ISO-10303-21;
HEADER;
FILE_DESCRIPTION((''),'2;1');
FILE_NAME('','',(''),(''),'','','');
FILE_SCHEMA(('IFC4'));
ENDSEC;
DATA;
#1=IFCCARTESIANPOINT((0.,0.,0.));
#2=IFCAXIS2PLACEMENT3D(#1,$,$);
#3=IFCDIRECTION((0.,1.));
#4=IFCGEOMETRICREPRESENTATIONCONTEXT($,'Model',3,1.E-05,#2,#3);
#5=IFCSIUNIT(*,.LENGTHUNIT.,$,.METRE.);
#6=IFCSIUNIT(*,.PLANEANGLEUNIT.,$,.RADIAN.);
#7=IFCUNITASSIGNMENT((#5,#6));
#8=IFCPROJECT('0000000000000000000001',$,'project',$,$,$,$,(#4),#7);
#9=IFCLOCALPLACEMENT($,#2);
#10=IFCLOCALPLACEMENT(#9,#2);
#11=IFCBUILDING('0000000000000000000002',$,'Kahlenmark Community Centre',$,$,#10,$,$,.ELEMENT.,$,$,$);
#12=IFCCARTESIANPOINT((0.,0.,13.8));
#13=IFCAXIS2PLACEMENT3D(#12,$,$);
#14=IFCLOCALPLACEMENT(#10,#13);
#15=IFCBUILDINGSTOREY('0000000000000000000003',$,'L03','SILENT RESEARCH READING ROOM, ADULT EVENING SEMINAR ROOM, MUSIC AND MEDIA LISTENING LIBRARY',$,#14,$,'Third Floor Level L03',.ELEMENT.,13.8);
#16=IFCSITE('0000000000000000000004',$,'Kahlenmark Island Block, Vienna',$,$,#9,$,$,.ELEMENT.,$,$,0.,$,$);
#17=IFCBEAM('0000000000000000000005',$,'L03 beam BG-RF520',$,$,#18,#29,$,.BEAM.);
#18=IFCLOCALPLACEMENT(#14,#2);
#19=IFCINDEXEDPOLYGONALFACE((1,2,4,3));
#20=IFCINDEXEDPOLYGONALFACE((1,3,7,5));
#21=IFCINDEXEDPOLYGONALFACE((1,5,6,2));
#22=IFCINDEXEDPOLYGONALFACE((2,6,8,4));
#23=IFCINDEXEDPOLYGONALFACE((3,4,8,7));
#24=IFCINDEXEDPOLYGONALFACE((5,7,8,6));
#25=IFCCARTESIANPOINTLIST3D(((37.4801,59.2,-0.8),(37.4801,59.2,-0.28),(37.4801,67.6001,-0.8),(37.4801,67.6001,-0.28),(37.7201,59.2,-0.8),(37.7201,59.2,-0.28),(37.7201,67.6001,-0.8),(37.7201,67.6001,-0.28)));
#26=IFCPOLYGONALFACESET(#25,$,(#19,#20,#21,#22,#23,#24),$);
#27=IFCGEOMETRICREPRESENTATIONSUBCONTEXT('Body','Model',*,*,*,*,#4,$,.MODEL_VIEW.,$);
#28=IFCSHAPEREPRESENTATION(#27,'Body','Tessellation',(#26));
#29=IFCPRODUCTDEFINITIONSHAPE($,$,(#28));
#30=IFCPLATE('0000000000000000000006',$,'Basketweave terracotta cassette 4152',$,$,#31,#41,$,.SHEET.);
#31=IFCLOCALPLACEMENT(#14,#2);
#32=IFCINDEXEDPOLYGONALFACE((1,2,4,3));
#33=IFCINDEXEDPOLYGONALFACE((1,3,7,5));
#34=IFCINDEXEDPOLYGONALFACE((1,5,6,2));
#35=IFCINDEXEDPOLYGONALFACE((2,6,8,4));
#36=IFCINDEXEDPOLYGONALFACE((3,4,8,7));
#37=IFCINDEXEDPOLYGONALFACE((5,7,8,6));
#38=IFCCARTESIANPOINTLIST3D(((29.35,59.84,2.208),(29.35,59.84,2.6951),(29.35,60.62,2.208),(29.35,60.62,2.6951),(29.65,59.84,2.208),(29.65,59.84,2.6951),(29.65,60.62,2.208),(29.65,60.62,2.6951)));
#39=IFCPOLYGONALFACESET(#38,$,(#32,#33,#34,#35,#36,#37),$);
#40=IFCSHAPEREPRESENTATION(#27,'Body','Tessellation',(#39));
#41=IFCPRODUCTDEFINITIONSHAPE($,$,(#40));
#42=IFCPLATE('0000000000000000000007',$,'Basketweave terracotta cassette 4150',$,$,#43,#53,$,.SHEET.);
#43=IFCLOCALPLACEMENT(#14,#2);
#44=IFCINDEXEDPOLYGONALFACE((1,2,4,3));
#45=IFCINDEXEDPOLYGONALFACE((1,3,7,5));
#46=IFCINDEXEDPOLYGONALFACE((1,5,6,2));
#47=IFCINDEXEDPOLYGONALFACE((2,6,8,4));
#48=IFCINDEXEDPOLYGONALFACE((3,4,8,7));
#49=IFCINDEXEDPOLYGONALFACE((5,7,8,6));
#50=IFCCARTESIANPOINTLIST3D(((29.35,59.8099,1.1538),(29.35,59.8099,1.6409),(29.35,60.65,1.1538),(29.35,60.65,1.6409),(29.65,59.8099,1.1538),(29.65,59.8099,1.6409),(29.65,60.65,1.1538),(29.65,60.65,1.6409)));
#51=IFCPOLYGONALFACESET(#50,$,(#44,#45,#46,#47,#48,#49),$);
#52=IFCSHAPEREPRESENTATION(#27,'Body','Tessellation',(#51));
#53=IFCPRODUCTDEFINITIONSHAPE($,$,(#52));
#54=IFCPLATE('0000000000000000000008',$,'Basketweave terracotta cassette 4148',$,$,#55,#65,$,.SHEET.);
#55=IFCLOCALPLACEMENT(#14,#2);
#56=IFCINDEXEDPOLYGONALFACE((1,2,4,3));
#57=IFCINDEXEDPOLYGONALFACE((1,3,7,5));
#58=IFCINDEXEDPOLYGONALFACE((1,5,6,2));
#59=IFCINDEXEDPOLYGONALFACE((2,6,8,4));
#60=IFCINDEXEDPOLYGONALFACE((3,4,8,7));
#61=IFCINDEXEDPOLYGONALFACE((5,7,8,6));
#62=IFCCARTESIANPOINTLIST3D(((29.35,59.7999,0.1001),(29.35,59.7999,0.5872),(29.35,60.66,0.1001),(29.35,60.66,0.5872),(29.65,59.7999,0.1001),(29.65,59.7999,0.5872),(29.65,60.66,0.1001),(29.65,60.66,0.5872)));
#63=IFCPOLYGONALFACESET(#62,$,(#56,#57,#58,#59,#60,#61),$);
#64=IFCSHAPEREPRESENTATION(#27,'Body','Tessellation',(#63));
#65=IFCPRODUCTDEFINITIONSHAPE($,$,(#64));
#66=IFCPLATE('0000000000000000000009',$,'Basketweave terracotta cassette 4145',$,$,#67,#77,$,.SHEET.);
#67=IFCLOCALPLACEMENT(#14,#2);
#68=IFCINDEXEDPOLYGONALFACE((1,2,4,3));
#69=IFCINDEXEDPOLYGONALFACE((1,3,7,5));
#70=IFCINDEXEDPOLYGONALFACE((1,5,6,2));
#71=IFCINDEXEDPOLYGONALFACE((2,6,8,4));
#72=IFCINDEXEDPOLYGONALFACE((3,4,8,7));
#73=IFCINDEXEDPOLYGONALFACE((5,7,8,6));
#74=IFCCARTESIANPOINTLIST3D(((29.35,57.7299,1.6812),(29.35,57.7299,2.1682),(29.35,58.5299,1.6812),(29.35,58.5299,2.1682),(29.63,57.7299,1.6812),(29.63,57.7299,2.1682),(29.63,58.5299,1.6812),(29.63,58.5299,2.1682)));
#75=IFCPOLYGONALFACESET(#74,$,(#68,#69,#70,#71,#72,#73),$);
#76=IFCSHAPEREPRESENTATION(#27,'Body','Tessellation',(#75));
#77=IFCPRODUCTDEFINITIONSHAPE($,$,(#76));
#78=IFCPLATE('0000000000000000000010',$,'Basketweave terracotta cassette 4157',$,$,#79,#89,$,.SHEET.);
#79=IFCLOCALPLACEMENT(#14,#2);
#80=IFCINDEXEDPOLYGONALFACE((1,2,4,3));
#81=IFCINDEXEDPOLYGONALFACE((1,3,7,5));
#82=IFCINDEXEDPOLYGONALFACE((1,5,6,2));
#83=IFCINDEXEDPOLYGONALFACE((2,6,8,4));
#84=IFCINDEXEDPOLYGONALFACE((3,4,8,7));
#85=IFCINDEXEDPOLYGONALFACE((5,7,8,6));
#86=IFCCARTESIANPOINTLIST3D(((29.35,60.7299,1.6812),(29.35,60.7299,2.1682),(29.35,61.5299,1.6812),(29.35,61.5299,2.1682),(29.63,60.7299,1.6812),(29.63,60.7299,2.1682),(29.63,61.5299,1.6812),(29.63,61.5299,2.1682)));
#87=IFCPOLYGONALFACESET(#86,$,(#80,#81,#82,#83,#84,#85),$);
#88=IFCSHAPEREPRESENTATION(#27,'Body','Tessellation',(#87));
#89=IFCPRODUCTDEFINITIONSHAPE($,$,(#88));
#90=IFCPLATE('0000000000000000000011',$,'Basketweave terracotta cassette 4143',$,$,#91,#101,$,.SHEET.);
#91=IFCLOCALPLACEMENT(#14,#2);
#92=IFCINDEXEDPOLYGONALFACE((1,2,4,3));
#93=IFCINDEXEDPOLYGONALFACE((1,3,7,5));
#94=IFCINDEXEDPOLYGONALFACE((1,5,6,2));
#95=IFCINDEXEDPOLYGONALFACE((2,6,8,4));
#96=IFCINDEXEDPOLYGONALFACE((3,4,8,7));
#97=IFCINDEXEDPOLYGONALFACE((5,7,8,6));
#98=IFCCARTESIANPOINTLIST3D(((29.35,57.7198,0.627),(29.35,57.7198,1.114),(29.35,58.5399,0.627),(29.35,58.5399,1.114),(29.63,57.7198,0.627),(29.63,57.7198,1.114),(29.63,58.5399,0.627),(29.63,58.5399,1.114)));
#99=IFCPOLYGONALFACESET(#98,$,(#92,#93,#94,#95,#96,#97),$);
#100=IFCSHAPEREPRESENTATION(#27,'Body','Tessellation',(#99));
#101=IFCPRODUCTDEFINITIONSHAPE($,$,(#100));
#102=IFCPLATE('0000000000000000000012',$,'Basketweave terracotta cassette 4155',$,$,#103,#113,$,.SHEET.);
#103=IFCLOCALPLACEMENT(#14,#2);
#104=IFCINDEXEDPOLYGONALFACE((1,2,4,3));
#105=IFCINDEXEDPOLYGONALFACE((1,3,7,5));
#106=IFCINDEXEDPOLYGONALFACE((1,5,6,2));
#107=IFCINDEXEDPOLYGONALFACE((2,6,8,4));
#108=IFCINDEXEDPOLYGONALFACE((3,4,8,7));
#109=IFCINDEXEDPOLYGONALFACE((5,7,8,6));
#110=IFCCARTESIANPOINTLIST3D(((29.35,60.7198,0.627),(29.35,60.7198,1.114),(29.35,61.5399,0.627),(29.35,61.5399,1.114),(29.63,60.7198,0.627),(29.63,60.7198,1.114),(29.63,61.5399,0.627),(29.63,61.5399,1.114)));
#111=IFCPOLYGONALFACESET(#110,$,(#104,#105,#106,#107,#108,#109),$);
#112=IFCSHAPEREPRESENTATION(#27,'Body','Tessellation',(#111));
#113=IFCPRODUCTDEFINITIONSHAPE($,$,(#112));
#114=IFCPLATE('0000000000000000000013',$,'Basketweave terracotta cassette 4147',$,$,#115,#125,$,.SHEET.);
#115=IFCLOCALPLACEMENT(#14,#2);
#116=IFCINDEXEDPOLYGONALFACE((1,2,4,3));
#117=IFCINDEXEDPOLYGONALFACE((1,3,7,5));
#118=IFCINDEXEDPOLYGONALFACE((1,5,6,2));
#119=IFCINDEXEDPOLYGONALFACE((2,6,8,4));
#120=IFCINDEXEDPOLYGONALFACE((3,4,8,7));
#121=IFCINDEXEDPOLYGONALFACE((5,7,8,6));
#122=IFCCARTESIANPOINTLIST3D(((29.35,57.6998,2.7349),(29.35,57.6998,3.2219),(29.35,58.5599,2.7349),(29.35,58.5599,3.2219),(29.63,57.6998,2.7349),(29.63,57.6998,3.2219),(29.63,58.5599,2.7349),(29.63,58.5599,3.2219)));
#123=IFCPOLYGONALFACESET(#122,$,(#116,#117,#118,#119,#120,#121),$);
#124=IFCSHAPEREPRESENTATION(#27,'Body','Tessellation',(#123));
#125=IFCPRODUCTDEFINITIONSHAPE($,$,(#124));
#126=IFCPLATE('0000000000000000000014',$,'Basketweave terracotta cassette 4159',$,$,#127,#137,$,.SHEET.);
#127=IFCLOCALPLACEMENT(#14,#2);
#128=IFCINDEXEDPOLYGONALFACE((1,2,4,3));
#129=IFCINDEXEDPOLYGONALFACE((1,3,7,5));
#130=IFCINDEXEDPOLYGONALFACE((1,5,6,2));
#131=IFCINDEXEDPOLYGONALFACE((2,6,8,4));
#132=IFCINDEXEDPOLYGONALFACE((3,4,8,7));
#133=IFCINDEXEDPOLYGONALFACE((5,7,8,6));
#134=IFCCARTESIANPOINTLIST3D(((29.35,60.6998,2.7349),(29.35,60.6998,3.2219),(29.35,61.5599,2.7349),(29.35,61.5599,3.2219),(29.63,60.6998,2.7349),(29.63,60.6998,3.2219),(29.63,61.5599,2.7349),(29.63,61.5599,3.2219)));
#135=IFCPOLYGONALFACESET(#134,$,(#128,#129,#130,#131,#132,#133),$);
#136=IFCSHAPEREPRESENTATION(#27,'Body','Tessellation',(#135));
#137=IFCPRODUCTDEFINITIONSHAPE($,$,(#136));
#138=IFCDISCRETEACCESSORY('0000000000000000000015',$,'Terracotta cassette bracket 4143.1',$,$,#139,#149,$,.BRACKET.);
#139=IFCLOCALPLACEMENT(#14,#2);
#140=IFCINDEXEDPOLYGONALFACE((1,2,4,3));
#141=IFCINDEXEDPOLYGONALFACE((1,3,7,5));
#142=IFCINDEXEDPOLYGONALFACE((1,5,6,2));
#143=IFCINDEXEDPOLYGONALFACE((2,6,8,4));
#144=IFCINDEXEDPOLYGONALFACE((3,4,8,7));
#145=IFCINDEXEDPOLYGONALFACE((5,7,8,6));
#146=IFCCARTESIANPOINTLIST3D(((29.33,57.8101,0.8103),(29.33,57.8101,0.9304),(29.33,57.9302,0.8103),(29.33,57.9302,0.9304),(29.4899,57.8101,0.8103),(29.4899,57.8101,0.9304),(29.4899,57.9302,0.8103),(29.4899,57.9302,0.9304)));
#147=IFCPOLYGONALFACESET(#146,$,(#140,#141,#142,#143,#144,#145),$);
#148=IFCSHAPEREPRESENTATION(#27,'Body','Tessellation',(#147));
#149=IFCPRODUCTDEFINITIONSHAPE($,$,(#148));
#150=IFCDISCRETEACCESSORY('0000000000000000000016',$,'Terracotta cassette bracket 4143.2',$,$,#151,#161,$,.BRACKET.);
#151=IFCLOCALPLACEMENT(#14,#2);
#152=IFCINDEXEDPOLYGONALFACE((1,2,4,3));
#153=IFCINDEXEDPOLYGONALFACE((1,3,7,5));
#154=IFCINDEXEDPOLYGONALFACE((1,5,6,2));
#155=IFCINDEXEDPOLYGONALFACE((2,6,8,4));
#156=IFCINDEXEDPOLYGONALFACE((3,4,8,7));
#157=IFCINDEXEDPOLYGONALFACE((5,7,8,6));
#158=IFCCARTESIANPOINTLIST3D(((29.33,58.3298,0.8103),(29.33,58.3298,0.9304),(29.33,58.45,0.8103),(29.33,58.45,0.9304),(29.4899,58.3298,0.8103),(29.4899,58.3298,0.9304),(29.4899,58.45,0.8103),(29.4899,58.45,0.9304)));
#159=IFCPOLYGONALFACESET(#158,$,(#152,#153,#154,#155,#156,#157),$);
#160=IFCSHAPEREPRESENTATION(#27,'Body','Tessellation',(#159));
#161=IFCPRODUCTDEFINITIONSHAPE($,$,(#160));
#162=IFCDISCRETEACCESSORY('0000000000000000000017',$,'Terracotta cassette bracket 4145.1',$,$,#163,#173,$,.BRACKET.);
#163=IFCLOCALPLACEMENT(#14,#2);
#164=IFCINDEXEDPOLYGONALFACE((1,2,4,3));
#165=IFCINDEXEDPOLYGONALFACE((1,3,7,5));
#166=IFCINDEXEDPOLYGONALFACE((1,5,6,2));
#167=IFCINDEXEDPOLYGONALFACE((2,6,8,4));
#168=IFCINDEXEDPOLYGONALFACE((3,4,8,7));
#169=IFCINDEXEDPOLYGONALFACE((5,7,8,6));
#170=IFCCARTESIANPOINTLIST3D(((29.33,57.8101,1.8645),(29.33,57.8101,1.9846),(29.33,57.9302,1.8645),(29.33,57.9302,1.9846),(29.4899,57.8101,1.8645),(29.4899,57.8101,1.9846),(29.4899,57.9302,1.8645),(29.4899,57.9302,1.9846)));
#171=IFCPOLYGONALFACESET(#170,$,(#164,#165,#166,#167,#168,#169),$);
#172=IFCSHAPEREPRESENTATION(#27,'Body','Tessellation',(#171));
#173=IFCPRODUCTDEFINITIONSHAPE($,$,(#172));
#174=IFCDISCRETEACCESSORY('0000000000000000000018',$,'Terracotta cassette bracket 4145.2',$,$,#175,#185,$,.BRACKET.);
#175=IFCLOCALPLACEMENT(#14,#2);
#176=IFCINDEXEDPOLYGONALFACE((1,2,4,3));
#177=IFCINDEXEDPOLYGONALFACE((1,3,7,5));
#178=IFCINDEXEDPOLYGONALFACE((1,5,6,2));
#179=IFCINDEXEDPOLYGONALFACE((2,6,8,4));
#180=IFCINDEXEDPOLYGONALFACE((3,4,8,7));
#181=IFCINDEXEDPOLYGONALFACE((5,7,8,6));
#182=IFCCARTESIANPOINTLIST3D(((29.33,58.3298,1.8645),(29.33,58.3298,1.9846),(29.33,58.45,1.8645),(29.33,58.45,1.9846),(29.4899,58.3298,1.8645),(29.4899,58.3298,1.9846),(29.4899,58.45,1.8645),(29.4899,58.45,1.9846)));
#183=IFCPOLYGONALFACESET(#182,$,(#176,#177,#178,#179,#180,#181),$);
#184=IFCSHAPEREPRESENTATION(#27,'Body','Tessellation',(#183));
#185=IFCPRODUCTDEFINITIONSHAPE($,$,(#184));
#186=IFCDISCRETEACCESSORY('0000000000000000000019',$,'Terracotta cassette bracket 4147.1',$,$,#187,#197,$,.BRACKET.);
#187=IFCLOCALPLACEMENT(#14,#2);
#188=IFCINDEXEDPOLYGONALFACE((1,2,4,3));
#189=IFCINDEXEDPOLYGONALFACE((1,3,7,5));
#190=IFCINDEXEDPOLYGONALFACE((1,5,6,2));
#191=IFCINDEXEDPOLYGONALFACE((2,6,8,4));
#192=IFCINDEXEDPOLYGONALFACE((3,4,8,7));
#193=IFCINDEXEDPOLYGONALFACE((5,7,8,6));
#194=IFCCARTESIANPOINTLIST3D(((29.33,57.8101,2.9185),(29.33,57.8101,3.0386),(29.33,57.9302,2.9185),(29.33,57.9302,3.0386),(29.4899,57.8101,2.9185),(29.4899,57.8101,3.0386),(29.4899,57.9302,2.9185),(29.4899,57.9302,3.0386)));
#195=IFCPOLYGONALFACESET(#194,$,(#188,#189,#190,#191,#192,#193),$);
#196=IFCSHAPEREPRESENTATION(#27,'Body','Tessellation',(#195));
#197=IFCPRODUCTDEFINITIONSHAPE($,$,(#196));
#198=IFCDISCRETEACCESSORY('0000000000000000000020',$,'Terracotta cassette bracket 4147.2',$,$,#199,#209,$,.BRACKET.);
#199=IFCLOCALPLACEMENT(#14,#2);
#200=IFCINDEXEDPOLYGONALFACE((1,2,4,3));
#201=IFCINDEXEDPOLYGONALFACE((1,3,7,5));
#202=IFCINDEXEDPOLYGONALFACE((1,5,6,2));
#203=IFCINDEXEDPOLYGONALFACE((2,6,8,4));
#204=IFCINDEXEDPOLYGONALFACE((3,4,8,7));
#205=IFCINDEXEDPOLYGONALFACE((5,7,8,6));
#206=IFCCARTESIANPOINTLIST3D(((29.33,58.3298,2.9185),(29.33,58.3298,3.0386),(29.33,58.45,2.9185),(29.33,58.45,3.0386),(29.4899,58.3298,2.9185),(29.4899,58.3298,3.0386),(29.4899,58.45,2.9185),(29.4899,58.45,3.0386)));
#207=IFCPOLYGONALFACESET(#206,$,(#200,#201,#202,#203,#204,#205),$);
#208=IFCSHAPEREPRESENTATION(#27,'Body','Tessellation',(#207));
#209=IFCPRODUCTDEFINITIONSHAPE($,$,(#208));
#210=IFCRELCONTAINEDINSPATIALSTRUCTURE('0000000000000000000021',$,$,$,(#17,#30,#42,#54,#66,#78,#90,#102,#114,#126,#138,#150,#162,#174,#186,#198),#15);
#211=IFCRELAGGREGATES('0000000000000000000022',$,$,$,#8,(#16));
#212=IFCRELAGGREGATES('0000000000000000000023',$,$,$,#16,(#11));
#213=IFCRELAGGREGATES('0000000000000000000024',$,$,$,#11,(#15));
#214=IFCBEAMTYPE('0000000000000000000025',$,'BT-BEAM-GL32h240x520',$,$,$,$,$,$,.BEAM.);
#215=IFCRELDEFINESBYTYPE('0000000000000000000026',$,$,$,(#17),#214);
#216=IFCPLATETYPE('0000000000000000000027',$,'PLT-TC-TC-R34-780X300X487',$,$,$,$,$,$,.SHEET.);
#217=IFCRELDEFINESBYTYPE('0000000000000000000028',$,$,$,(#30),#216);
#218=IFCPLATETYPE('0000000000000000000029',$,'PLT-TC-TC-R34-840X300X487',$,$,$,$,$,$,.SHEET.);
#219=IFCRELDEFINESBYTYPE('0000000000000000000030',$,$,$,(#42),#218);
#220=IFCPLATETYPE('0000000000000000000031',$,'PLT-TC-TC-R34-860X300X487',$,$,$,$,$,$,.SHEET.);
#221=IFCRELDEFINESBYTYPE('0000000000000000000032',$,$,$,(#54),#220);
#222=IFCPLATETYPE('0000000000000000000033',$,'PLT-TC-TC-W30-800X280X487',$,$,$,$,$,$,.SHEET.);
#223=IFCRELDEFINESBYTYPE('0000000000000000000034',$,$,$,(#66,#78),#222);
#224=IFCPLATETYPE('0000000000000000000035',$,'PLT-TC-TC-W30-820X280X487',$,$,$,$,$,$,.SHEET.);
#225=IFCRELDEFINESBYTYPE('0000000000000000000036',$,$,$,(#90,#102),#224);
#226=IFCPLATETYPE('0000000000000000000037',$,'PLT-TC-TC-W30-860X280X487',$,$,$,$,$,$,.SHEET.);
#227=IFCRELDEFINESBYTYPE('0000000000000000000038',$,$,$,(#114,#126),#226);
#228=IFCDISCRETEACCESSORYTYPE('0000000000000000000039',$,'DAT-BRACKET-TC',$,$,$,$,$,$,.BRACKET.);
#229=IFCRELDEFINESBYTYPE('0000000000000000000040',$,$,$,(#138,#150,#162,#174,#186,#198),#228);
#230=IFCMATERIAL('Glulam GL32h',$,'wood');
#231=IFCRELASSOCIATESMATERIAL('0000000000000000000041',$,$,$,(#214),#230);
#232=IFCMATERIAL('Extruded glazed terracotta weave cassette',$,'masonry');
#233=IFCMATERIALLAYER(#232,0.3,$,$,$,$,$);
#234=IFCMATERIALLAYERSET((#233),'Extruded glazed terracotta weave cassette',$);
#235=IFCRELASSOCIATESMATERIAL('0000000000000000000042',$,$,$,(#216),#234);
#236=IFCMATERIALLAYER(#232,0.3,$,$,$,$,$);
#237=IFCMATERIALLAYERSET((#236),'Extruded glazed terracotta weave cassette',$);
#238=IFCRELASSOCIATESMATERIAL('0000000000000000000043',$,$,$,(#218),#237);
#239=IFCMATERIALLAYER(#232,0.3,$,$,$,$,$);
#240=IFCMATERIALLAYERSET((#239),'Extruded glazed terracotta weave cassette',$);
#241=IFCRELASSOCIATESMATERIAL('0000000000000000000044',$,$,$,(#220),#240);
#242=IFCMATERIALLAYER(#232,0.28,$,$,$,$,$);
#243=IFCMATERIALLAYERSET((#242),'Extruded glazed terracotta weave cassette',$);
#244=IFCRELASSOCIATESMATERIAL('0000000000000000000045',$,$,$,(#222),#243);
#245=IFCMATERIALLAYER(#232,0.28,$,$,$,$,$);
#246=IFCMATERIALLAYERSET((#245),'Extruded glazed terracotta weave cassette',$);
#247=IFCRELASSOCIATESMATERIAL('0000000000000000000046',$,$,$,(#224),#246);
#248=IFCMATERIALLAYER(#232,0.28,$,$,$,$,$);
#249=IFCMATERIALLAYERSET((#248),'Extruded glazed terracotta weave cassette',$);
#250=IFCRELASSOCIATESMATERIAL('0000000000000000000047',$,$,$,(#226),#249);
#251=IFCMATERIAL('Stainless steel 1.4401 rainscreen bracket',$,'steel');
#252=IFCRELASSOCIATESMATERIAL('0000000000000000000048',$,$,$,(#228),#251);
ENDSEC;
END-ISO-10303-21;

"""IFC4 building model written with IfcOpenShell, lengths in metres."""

from ifc_helpers import new_model, si_unit, direction, frame, origin, origin_2d, place, context, subcontext, project, spatial, rectangle, extrude, material, layer, layer_set, material_profile, profile_set, type_object, element, save


model = new_model("IFC4")

# Units and contexts
model_context = context("Model", 3, precision=1e-05, world=origin(), true_north=direction((0.0, 1.0)))
body_context = subcontext(model_context, "Body", "Model", "MODEL_VIEW")
ifc_project = project(units=[si_unit("LENGTHUNIT", "METRE"), si_unit("PLANEANGLEUNIT", "RADIAN")], contexts=[model_context])

# Site, building, storey
site_placement = place(None, origin())
site = spatial("IfcSite", under=ifc_project, at=site_placement, Name="Kahlenmark Island Block, Vienna", CompositionType="ELEMENT", RefElevation=0.0)
building_placement = place(site_placement, origin())
building = spatial("IfcBuilding", under=site, at=building_placement, Name="Kahlenmark Community Centre", CompositionType="ELEMENT")
storey_placement = place(building_placement, frame((0.0, 0.0, 13.8)))
storey = spatial("IfcBuildingStorey", under=building, at=storey_placement, Name="L03", Description="SILENT RESEARCH READING ROOM, ADULT EVENING SEMINAR ROOM, MUSIC AND MEDIA LISTENING LIBRARY", LongName="Third Floor Level L03", CompositionType="ELEMENT", Elevation=13.8)

# Beam
ifc_material_1 = material(Name="Glulam GL32h", Category="wood")
ifc_material_profile = material_profile(ifc_material_1, rectangle(XDim=0.24, YDim=0.52, at=origin_2d()), Name="GL32h 240x520")
ifc_profile_set = profile_set([ifc_material_profile], Name="Glulam GL32h")
beam_type = type_object("IfcBeamType", Name="BT-BEAM-GL32h240x520", PredefinedType="BEAM", material=ifc_profile_set)
beam_placement = place(storey_placement, frame((37.6001, 59.2, -0.54), z_axis=(0.0, 1.0, 0.0), x_axis=(-1.0, 0.0, 0.0)))
element("IfcBeam", 1, at=beam_placement, inside=storey, type_object=beam_type, Name="L03 beam BG-RF520", PredefinedType="BEAM", context=body_context, shape_type="SweptSolid", body=[
    extrude(rectangle(XDim=0.24, YDim=0.52, at=origin_2d()), origin(), (0.0, 0.0, 1.0), 8.4001),
])

# Plates
ifc_material_2 = material(Name="Extruded glazed terracotta weave cassette", Category="masonry")
ifc_layer_1 = layer(ifc_material_2, 0.3)
ifc_layer_set_1 = layer_set([ifc_layer_1], Name="Extruded glazed terracotta weave cassette")
plate_type_1 = type_object("IfcPlateType", Name="PLT-TC-TC-R34-780X300X487", PredefinedType="SHEET", material=ifc_layer_set_1)
plate_1_placement = place(storey_placement, frame((29.5, 60.23, 2.208), z_axis=(0.0, 0.0, 1.0), x_axis=(0.0, 1.0, 0.0)))
element("IfcPlate", 2, at=plate_1_placement, inside=storey, type_object=plate_type_1, Name="Basketweave terracotta cassette 4152", PredefinedType="SHEET", context=body_context, shape_type="SweptSolid", body=[
    extrude(rectangle(XDim=0.78, YDim=0.3, at=origin_2d()), origin(), (0.0, 0.0, 1.0), 0.4871),
])
ifc_layer_2 = layer(ifc_material_2, 0.3)
ifc_layer_set_2 = layer_set([ifc_layer_2], Name="Extruded glazed terracotta weave cassette")
plate_type_2 = type_object("IfcPlateType", Name="PLT-TC-TC-R34-840X300X487", PredefinedType="SHEET", material=ifc_layer_set_2)
plate_2_placement = place(storey_placement, frame((29.5, 60.23, 1.1538), z_axis=(0.0, 0.0, 1.0), x_axis=(0.0, 1.0, 0.0)))
element("IfcPlate", 3, at=plate_2_placement, inside=storey, type_object=plate_type_2, Name="Basketweave terracotta cassette 4150", PredefinedType="SHEET", context=body_context, shape_type="SweptSolid", body=[
    extrude(rectangle(XDim=0.8401, YDim=0.3, at=origin_2d()), origin(), (0.0, 0.0, 1.0), 0.4871),
])
ifc_layer_3 = layer(ifc_material_2, 0.3)
ifc_layer_set_3 = layer_set([ifc_layer_3], Name="Extruded glazed terracotta weave cassette")
plate_type_3 = type_object("IfcPlateType", Name="PLT-TC-TC-R34-860X300X487", PredefinedType="SHEET", material=ifc_layer_set_3)
plate_3_placement = place(storey_placement, frame((29.5, 60.23, 0.1001), z_axis=(0.0, 0.0, 1.0), x_axis=(0.0, 1.0, 0.0)))
element("IfcPlate", 4, at=plate_3_placement, inside=storey, type_object=plate_type_3, Name="Basketweave terracotta cassette 4148", PredefinedType="SHEET", context=body_context, shape_type="SweptSolid", body=[
    extrude(rectangle(XDim=0.8601, YDim=0.3, at=origin_2d()), origin(), (0.0, 0.0, 1.0), 0.4871),
])
ifc_layer_4 = layer(ifc_material_2, 0.28)
ifc_layer_set_4 = layer_set([ifc_layer_4], Name="Extruded glazed terracotta weave cassette")
plate_type_4 = type_object("IfcPlateType", Name="PLT-TC-TC-W30-800X280X487", PredefinedType="SHEET", material=ifc_layer_set_4)
for number, where, z_axis, x_axis, name in (
    (5, (29.49, 58.1299, 1.6812), (0.0, 0.0, 1.0), (0.0, 1.0, 0.0), "Basketweave terracotta cassette 4145"),
    (6, (29.49, 61.1299, 1.6812), (0.0, 0.0, 1.0), (0.0, 1.0, 0.0), "Basketweave terracotta cassette 4157"),
):
    element("IfcPlate", number, at=place(storey_placement, frame(where, z_axis=z_axis, x_axis=x_axis)), inside=storey, type_object=plate_type_4, Name=name, PredefinedType="SHEET", context=body_context, shape_type="SweptSolid", body=[
        extrude(rectangle(XDim=0.8, YDim=0.28, at=origin_2d()), origin(), (0.0, 0.0, 1.0), 0.4871),
    ])
ifc_layer_5 = layer(ifc_material_2, 0.28)
ifc_layer_set_5 = layer_set([ifc_layer_5], Name="Extruded glazed terracotta weave cassette")
plate_type_5 = type_object("IfcPlateType", Name="PLT-TC-TC-W30-820X280X487", PredefinedType="SHEET", material=ifc_layer_set_5)
for number, where, z_axis, x_axis, name in (
    (7, (29.49, 58.1299, 0.627), (0.0, 0.0, 1.0), (0.0, 1.0, 0.0), "Basketweave terracotta cassette 4143"),
    (8, (29.49, 61.1299, 0.627), (0.0, 0.0, 1.0), (0.0, 1.0, 0.0), "Basketweave terracotta cassette 4155"),
):
    element("IfcPlate", number, at=place(storey_placement, frame(where, z_axis=z_axis, x_axis=x_axis)), inside=storey, type_object=plate_type_5, Name=name, PredefinedType="SHEET", context=body_context, shape_type="SweptSolid", body=[
        extrude(rectangle(XDim=0.8201, YDim=0.28, at=origin_2d()), origin(), (0.0, 0.0, 1.0), 0.4871),
    ])
ifc_layer_6 = layer(ifc_material_2, 0.28)
ifc_layer_set_6 = layer_set([ifc_layer_6], Name="Extruded glazed terracotta weave cassette")
plate_type_6 = type_object("IfcPlateType", Name="PLT-TC-TC-W30-860X280X487", PredefinedType="SHEET", material=ifc_layer_set_6)
for number, where, z_axis, x_axis, name in (
    (9, (29.49, 58.1299, 2.7349), (0.0, 0.0, 1.0), (0.0, 1.0, 0.0), "Basketweave terracotta cassette 4147"),
    (10, (29.49, 61.1299, 2.7349), (0.0, 0.0, 1.0), (0.0, 1.0, 0.0), "Basketweave terracotta cassette 4159"),
):
    element("IfcPlate", number, at=place(storey_placement, frame(where, z_axis=z_axis, x_axis=x_axis)), inside=storey, type_object=plate_type_6, Name=name, PredefinedType="SHEET", context=body_context, shape_type="SweptSolid", body=[
        extrude(rectangle(XDim=0.8601, YDim=0.28, at=origin_2d()), origin(), (0.0, 0.0, 1.0), 0.4871),
    ])

# Discrete accessories
ifc_material_3 = material(Name="Stainless steel 1.4401 rainscreen bracket", Category="steel")
discrete_accessory_type = type_object("IfcDiscreteAccessoryType", Name="DAT-BRACKET-TC", PredefinedType="BRACKET", material=ifc_material_3)
for number, where, z_axis, x_axis, name in (
    (11, (29.4099, 57.8701, 0.8103), (0.0, 0.0, 1.0), (0.0, 1.0, 0.0), "Terracotta cassette bracket 4143.1"),
    (12, (29.4099, 58.3899, 0.8103), (0.0, 0.0, 1.0), (0.0, 1.0, 0.0), "Terracotta cassette bracket 4143.2"),
    (13, (29.4099, 57.8701, 1.8645), (0.0, 0.0, 1.0), (0.0, 1.0, 0.0), "Terracotta cassette bracket 4145.1"),
    (14, (29.4099, 58.3899, 1.8645), (0.0, 0.0, 1.0), (0.0, 1.0, 0.0), "Terracotta cassette bracket 4145.2"),
    (15, (29.4099, 57.8701, 2.9185), (0.0, 0.0, 1.0), (0.0, 1.0, 0.0), "Terracotta cassette bracket 4147.1"),
    (16, (29.4099, 58.3899, 2.9185), (0.0, 0.0, 1.0), (0.0, 1.0, 0.0), "Terracotta cassette bracket 4147.2"),
):
    element("IfcDiscreteAccessory", number, at=place(storey_placement, frame(where, z_axis=z_axis, x_axis=x_axis)), inside=storey, type_object=discrete_accessory_type, Name=name, PredefinedType="BRACKET", context=body_context, shape_type="SweptSolid", body=[
        extrude(rectangle(XDim=0.1201, YDim=0.1599, at=origin_2d()), origin(), (0.0, 0.0, 1.0), 0.1201),
    ])

save(model, "model.ifc")
